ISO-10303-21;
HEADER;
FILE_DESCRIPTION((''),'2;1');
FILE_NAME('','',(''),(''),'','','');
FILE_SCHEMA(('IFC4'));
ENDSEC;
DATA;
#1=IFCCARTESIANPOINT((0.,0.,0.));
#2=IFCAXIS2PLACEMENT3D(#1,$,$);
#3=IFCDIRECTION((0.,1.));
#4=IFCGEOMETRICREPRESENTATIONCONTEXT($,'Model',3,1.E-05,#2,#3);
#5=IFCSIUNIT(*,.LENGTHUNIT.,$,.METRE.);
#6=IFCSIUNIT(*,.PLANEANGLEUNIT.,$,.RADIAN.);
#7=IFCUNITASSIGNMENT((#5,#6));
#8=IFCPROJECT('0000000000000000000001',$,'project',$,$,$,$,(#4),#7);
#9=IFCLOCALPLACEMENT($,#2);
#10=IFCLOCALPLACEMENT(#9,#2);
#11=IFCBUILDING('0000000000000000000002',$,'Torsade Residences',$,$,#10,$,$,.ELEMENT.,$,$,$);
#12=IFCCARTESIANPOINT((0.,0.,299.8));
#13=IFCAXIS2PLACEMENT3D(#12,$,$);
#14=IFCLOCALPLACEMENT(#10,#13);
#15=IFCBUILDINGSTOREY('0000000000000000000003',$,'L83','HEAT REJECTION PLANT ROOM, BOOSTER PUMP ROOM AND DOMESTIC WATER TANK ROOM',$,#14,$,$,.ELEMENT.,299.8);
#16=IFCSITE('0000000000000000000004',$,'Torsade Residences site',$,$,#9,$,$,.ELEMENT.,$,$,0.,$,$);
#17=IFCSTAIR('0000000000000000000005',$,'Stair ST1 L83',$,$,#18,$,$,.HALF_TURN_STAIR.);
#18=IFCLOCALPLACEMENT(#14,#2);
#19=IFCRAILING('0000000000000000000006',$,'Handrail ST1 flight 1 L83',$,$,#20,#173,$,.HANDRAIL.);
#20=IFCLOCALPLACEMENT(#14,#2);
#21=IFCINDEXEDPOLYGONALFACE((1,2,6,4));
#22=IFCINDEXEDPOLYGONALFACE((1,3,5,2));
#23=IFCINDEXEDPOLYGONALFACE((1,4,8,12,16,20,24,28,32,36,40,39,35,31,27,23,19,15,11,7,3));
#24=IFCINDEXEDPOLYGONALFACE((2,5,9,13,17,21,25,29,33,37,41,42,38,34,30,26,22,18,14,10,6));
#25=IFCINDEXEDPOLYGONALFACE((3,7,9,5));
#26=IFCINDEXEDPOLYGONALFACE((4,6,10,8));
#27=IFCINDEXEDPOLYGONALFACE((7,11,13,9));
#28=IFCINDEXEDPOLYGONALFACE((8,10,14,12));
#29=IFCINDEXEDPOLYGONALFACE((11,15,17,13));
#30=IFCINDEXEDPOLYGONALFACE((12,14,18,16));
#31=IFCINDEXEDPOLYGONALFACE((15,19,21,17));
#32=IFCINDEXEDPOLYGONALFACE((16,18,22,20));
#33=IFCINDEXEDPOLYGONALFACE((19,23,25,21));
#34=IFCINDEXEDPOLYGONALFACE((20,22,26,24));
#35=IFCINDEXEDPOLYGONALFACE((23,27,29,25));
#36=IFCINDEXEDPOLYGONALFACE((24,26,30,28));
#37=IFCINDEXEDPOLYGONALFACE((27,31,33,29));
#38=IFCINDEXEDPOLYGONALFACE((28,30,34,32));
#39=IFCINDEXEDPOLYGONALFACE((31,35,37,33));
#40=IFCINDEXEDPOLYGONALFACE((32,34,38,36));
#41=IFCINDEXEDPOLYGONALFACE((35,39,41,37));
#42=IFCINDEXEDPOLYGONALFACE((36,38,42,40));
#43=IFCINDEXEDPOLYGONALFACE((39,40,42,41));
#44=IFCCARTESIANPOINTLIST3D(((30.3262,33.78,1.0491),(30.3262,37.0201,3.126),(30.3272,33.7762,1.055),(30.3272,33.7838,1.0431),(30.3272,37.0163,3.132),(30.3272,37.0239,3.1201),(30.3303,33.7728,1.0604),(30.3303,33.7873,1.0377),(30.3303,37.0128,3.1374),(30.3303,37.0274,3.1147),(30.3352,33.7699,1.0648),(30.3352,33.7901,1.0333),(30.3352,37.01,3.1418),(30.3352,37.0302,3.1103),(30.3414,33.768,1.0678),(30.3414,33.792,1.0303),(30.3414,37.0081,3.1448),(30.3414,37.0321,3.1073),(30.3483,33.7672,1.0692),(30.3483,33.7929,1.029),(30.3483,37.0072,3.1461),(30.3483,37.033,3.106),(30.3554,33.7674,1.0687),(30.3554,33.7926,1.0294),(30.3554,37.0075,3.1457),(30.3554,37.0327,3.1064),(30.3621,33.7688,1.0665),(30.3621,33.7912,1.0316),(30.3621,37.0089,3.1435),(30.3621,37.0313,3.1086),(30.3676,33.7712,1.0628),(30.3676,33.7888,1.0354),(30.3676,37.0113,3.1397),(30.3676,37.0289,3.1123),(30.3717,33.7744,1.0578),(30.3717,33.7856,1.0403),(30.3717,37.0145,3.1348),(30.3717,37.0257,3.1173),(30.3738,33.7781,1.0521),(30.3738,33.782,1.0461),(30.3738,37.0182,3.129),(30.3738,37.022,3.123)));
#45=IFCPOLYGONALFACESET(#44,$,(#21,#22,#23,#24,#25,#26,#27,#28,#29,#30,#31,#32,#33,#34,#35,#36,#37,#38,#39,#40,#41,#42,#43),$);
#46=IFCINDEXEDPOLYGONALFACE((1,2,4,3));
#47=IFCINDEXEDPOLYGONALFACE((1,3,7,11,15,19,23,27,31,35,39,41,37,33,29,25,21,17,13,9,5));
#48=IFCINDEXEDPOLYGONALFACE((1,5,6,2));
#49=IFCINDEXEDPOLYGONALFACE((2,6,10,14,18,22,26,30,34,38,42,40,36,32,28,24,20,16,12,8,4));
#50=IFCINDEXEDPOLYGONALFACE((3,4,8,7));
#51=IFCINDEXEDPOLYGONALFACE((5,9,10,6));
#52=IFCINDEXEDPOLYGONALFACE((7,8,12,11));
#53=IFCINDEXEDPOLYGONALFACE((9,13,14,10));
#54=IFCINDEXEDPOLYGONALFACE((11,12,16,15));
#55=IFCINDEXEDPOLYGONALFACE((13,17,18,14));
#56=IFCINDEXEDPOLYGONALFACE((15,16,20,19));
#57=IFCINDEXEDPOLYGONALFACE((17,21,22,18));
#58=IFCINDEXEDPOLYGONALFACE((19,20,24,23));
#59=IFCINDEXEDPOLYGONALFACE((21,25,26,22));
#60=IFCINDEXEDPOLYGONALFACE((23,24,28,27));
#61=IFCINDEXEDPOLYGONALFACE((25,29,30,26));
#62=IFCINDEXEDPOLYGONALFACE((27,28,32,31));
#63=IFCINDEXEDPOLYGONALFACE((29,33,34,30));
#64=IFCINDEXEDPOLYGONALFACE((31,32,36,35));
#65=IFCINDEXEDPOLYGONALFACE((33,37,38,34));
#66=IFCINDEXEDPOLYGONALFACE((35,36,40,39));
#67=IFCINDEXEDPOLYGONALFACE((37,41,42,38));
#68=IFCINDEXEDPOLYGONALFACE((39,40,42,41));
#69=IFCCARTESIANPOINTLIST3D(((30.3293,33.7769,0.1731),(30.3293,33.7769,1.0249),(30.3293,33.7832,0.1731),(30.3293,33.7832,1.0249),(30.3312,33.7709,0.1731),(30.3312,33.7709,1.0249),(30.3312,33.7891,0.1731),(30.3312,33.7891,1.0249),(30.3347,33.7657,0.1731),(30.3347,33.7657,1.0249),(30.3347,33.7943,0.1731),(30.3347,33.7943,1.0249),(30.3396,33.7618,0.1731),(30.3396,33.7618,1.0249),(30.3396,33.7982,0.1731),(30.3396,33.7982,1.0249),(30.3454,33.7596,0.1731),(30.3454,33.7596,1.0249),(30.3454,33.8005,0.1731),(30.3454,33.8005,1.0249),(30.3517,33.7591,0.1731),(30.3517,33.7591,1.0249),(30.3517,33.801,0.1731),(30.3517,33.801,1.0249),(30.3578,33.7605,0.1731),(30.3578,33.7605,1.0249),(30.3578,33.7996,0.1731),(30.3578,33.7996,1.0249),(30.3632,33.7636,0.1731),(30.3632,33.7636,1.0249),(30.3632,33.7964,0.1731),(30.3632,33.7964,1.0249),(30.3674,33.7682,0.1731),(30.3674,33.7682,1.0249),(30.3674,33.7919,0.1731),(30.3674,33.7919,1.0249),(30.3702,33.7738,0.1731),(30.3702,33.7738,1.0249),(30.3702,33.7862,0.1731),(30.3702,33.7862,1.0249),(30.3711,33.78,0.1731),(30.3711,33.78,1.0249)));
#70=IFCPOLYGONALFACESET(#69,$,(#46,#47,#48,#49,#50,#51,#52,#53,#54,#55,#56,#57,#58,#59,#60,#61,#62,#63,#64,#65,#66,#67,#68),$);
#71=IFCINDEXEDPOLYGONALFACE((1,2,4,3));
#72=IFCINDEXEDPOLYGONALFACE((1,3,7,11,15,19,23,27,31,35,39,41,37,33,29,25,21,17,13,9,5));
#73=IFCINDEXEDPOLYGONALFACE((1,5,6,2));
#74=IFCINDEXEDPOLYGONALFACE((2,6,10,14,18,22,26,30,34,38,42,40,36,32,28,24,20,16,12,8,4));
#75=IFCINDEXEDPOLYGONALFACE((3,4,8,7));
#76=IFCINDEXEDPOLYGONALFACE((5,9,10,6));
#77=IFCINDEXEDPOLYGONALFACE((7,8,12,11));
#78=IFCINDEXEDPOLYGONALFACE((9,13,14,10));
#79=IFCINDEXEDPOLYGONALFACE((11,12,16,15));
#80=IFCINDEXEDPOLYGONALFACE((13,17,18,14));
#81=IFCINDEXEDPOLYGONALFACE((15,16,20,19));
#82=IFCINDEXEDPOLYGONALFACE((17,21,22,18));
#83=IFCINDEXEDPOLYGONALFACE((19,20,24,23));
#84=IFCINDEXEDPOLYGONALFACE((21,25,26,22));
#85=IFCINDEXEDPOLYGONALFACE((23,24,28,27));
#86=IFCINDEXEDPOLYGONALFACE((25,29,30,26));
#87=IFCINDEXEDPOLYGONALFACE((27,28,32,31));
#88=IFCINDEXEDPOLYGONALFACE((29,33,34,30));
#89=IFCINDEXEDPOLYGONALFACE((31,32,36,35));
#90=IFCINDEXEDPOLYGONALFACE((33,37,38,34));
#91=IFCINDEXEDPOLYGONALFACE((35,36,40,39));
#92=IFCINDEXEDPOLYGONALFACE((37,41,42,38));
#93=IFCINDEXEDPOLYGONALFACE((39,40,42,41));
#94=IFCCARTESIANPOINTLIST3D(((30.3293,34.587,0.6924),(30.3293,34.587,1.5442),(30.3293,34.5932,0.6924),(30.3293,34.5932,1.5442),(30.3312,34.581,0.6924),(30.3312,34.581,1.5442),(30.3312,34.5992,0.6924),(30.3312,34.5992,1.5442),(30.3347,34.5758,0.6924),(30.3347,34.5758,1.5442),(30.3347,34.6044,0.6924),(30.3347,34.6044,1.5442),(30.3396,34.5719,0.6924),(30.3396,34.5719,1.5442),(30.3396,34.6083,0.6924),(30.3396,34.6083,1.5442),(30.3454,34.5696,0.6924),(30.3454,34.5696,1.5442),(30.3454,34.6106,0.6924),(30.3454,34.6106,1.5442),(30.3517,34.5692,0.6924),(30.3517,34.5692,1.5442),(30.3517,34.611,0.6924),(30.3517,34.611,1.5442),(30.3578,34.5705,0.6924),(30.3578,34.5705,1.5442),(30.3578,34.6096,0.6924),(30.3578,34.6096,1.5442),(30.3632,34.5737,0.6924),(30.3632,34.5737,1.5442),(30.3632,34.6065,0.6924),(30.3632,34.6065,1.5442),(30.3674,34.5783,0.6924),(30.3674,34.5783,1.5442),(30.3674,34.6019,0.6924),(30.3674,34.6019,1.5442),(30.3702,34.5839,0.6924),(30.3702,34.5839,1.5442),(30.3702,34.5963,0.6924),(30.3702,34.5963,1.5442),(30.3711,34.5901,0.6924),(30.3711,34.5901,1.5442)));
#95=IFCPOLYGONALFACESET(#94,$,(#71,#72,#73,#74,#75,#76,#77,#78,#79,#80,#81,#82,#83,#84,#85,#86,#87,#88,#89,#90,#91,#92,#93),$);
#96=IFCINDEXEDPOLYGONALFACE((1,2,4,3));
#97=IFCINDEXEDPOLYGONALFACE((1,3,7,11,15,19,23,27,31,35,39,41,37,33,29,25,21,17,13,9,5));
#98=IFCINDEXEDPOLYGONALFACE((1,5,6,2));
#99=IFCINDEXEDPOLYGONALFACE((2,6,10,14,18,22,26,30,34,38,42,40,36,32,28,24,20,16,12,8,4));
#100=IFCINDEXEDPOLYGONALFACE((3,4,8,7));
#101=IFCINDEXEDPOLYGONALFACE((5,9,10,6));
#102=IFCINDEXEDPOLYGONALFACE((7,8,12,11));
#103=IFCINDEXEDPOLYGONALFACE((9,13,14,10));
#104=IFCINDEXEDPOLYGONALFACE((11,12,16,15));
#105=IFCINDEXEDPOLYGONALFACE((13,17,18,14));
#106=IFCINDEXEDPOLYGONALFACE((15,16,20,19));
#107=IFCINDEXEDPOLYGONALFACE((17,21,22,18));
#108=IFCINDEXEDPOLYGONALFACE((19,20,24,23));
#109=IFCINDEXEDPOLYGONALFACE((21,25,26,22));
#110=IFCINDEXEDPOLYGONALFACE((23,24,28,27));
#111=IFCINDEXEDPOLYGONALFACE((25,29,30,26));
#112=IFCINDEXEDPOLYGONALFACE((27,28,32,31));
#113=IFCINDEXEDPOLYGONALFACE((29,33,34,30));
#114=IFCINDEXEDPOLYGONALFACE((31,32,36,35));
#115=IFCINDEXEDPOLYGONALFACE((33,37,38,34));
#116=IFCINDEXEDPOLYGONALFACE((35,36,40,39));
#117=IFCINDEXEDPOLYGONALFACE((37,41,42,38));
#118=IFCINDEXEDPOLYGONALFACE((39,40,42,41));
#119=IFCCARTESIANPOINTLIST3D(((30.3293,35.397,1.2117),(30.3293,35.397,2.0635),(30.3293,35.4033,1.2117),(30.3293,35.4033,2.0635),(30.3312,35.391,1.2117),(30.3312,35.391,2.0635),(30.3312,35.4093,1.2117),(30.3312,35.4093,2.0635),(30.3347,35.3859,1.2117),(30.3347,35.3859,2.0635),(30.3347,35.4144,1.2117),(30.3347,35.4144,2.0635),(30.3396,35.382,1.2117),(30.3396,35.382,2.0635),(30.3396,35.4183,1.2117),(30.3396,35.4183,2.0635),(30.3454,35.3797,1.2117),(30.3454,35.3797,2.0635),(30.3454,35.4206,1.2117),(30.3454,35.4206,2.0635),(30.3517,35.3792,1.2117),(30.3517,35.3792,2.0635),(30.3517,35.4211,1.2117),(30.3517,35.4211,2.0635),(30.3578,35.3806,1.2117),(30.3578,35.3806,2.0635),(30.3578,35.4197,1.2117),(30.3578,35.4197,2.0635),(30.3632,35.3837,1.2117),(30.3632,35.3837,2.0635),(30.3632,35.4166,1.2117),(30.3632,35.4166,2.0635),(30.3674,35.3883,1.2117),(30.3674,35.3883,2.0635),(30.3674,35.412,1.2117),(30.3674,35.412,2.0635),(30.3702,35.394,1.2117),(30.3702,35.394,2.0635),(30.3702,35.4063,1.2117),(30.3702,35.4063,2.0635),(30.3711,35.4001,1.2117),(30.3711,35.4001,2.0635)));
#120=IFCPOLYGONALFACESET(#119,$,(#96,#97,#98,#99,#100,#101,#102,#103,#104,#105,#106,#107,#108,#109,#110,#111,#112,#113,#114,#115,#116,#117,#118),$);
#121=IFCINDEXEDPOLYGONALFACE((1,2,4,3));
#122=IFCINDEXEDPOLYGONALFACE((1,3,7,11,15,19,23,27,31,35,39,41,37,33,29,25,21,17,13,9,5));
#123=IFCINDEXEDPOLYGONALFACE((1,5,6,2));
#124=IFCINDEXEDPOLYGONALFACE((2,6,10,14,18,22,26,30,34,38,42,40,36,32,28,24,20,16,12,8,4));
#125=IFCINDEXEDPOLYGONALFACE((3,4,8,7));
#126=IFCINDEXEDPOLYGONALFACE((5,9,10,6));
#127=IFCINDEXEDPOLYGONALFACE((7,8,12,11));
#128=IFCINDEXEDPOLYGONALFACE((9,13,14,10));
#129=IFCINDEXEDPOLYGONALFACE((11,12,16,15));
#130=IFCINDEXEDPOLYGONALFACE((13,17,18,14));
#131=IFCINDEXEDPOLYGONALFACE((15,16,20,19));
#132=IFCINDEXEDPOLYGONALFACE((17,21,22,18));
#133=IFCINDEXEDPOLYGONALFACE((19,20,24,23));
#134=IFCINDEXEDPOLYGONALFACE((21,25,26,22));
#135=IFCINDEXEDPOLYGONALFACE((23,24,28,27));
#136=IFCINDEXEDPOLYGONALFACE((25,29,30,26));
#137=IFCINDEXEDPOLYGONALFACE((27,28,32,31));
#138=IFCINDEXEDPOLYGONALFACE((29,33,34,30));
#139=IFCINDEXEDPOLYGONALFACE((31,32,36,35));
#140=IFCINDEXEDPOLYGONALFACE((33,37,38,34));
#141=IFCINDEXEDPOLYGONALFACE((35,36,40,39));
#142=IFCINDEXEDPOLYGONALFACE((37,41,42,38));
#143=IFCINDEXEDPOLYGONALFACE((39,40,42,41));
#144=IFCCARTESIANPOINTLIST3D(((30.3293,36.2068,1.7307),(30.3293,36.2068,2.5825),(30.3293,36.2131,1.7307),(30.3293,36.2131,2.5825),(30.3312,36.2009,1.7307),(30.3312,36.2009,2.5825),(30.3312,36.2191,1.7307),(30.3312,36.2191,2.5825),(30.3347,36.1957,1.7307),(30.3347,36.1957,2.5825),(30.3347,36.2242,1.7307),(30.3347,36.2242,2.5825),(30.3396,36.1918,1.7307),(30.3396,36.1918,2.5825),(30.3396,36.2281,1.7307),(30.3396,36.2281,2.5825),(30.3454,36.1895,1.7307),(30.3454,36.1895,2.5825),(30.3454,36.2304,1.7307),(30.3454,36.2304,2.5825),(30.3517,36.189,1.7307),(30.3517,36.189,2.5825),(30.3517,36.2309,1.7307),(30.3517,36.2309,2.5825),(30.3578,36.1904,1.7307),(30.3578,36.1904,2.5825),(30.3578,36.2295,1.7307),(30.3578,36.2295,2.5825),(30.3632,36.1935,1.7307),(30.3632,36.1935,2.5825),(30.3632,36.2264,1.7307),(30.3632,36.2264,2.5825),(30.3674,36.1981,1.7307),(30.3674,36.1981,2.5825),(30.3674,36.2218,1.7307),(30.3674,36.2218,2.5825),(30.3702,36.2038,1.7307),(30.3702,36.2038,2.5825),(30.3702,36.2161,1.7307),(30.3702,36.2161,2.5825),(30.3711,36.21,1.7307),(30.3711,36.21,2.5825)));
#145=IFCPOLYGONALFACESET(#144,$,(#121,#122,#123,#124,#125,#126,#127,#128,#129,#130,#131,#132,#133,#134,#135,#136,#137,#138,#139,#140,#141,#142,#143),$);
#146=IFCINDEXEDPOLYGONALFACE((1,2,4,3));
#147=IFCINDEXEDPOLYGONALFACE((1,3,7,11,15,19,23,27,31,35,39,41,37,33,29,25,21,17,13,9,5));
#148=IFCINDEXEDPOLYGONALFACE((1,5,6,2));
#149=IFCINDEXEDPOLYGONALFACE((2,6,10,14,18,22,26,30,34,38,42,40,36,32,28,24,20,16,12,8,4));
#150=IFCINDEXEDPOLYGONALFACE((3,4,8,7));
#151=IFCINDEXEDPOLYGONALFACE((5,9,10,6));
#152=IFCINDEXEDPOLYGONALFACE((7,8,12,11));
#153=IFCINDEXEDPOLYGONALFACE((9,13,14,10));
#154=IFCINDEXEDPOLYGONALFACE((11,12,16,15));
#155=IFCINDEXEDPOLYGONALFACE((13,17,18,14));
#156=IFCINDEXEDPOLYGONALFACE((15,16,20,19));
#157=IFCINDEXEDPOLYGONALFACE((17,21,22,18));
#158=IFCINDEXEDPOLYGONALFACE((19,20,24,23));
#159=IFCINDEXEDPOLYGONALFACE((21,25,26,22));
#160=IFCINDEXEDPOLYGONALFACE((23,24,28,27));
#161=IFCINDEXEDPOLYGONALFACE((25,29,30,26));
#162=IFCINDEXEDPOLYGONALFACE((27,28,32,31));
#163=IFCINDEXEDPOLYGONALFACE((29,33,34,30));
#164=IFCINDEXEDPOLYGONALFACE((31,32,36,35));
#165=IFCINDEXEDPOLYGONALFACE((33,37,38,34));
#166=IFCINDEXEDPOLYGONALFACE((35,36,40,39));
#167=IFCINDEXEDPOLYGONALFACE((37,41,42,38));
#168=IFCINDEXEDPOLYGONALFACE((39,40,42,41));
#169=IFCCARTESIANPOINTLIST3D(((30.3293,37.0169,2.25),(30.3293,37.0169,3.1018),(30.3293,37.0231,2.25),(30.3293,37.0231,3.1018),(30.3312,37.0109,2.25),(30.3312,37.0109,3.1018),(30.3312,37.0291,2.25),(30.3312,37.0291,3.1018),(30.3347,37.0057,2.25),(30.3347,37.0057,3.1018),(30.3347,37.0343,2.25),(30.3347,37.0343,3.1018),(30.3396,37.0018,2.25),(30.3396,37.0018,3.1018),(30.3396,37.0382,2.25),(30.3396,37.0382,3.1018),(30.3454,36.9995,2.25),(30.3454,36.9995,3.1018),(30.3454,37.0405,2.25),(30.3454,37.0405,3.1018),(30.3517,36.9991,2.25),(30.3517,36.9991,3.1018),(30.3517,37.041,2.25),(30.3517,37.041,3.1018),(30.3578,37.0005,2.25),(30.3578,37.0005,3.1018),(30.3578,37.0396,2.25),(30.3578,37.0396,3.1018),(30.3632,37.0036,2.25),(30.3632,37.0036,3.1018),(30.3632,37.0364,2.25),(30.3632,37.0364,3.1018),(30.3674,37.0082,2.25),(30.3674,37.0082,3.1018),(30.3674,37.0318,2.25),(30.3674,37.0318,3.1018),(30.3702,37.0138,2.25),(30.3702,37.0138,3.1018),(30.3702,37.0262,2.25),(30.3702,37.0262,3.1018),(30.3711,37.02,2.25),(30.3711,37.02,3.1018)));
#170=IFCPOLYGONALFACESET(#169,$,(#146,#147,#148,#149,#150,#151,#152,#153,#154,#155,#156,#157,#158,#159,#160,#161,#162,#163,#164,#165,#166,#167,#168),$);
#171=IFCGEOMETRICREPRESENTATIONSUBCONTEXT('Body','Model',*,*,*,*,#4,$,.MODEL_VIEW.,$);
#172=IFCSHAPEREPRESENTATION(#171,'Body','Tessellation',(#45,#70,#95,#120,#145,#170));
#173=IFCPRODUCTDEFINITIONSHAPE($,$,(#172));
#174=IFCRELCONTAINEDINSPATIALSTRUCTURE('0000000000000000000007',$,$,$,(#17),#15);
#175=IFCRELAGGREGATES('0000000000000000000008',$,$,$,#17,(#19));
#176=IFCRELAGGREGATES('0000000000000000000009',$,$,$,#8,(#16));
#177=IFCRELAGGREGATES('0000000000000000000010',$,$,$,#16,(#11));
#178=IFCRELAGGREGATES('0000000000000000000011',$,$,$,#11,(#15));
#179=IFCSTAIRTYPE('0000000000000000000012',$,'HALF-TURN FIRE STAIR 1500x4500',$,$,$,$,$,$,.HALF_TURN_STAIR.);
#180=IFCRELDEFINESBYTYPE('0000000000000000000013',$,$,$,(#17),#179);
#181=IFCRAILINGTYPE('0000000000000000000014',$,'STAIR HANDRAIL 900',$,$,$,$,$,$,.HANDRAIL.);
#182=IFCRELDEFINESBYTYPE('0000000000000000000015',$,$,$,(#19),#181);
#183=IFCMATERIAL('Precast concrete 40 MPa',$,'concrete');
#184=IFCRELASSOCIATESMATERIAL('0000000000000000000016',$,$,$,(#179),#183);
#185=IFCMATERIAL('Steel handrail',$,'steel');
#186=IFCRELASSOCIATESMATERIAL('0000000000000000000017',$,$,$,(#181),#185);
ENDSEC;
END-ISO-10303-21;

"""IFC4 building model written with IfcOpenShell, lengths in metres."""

from ifc_helpers import new_model, si_unit, direction, frame, origin, origin_2d, place, context, subcontext, project, spatial, circle, extrude, material, type_object, element, aggregate, save


model = new_model("IFC4")

# Units and contexts
model_context = context("Model", 3, precision=1e-05, world=origin(), true_north=direction((0.0, 1.0)))
body_context = subcontext(model_context, "Body", "Model", "MODEL_VIEW")
ifc_project = project(units=[si_unit("LENGTHUNIT", "METRE"), si_unit("PLANEANGLEUNIT", "RADIAN")], contexts=[model_context])

# Site, building, storey
site_placement = place(None, origin())
site = spatial("IfcSite", under=ifc_project, at=site_placement, Name="Torsade Residences site", CompositionType="ELEMENT", RefElevation=0.0)
building_placement = place(site_placement, origin())
building = spatial("IfcBuilding", under=site, at=building_placement, Name="Torsade Residences", CompositionType="ELEMENT")
storey_placement = place(building_placement, frame((0.0, 0.0, 299.8)))
storey = spatial("IfcBuildingStorey", under=building, at=storey_placement, Name="L83", Description="HEAT REJECTION PLANT ROOM, BOOSTER PUMP ROOM AND DOMESTIC WATER TANK ROOM", CompositionType="ELEMENT", Elevation=299.8)

# Stair, railing
ifc_material_1 = material(Name="Precast concrete 40 MPa", Category="concrete")
stair_type = type_object("IfcStairType", Name="HALF-TURN FIRE STAIR 1500x4500", PredefinedType="HALF_TURN_STAIR", material=ifc_material_1)
stair_placement = place(storey_placement, origin())
stair = element("IfcStair", 1, at=stair_placement, inside=storey, type_object=stair_type, Name="Stair ST1 L83", PredefinedType="HALF_TURN_STAIR")
ifc_material_2 = material(Name="Steel handrail", Category="steel")
railing_type = type_object("IfcRailingType", Name="STAIR HANDRAIL 900", PredefinedType="HANDRAIL", material=ifc_material_2)
railing_1_placement = place(storey_placement, frame((30.3501, 33.78, 0.1731)))
railing_1 = element("IfcRailing", 2, at=railing_1_placement, type_object=railing_type, Name="Handrail ST1 flight 1 L83", PredefinedType="HANDRAIL", context=body_context, shape_type="SweptSolid", body=[
    extrude(circle(Radius=0.0239, at=origin_2d()), frame((0.0, 0.0, 0.876), z_axis=(0.0, 0.841881, 0.539664), x_axis=(-1.0, 0.0, 0.0)), (0.0, 0.0, 1.0), 3.8486),
    extrude(circle(Radius=0.021, at=origin_2d()), origin(), (0.0, 0.0, 1.0), 0.8518),
    extrude(circle(Radius=0.021, at=origin_2d()), frame((0.0, 0.8101, 0.5193)), (0.0, 0.0, 1.0), 0.8518),
    extrude(circle(Radius=0.021, at=origin_2d()), frame((0.0, 1.6201, 1.0386)), (0.0, 0.0, 1.0), 0.8518),
    extrude(circle(Radius=0.021, at=origin_2d()), frame((0.0, 2.4299, 1.5576)), (0.0, 0.0, 1.0), 0.8518),
    extrude(circle(Radius=0.021, at=origin_2d()), frame((0.0, 3.24, 2.0769)), (0.0, 0.0, 1.0), 0.8518),
])
aggregate(stair, [railing_1])

save(model, "model.ifc")
